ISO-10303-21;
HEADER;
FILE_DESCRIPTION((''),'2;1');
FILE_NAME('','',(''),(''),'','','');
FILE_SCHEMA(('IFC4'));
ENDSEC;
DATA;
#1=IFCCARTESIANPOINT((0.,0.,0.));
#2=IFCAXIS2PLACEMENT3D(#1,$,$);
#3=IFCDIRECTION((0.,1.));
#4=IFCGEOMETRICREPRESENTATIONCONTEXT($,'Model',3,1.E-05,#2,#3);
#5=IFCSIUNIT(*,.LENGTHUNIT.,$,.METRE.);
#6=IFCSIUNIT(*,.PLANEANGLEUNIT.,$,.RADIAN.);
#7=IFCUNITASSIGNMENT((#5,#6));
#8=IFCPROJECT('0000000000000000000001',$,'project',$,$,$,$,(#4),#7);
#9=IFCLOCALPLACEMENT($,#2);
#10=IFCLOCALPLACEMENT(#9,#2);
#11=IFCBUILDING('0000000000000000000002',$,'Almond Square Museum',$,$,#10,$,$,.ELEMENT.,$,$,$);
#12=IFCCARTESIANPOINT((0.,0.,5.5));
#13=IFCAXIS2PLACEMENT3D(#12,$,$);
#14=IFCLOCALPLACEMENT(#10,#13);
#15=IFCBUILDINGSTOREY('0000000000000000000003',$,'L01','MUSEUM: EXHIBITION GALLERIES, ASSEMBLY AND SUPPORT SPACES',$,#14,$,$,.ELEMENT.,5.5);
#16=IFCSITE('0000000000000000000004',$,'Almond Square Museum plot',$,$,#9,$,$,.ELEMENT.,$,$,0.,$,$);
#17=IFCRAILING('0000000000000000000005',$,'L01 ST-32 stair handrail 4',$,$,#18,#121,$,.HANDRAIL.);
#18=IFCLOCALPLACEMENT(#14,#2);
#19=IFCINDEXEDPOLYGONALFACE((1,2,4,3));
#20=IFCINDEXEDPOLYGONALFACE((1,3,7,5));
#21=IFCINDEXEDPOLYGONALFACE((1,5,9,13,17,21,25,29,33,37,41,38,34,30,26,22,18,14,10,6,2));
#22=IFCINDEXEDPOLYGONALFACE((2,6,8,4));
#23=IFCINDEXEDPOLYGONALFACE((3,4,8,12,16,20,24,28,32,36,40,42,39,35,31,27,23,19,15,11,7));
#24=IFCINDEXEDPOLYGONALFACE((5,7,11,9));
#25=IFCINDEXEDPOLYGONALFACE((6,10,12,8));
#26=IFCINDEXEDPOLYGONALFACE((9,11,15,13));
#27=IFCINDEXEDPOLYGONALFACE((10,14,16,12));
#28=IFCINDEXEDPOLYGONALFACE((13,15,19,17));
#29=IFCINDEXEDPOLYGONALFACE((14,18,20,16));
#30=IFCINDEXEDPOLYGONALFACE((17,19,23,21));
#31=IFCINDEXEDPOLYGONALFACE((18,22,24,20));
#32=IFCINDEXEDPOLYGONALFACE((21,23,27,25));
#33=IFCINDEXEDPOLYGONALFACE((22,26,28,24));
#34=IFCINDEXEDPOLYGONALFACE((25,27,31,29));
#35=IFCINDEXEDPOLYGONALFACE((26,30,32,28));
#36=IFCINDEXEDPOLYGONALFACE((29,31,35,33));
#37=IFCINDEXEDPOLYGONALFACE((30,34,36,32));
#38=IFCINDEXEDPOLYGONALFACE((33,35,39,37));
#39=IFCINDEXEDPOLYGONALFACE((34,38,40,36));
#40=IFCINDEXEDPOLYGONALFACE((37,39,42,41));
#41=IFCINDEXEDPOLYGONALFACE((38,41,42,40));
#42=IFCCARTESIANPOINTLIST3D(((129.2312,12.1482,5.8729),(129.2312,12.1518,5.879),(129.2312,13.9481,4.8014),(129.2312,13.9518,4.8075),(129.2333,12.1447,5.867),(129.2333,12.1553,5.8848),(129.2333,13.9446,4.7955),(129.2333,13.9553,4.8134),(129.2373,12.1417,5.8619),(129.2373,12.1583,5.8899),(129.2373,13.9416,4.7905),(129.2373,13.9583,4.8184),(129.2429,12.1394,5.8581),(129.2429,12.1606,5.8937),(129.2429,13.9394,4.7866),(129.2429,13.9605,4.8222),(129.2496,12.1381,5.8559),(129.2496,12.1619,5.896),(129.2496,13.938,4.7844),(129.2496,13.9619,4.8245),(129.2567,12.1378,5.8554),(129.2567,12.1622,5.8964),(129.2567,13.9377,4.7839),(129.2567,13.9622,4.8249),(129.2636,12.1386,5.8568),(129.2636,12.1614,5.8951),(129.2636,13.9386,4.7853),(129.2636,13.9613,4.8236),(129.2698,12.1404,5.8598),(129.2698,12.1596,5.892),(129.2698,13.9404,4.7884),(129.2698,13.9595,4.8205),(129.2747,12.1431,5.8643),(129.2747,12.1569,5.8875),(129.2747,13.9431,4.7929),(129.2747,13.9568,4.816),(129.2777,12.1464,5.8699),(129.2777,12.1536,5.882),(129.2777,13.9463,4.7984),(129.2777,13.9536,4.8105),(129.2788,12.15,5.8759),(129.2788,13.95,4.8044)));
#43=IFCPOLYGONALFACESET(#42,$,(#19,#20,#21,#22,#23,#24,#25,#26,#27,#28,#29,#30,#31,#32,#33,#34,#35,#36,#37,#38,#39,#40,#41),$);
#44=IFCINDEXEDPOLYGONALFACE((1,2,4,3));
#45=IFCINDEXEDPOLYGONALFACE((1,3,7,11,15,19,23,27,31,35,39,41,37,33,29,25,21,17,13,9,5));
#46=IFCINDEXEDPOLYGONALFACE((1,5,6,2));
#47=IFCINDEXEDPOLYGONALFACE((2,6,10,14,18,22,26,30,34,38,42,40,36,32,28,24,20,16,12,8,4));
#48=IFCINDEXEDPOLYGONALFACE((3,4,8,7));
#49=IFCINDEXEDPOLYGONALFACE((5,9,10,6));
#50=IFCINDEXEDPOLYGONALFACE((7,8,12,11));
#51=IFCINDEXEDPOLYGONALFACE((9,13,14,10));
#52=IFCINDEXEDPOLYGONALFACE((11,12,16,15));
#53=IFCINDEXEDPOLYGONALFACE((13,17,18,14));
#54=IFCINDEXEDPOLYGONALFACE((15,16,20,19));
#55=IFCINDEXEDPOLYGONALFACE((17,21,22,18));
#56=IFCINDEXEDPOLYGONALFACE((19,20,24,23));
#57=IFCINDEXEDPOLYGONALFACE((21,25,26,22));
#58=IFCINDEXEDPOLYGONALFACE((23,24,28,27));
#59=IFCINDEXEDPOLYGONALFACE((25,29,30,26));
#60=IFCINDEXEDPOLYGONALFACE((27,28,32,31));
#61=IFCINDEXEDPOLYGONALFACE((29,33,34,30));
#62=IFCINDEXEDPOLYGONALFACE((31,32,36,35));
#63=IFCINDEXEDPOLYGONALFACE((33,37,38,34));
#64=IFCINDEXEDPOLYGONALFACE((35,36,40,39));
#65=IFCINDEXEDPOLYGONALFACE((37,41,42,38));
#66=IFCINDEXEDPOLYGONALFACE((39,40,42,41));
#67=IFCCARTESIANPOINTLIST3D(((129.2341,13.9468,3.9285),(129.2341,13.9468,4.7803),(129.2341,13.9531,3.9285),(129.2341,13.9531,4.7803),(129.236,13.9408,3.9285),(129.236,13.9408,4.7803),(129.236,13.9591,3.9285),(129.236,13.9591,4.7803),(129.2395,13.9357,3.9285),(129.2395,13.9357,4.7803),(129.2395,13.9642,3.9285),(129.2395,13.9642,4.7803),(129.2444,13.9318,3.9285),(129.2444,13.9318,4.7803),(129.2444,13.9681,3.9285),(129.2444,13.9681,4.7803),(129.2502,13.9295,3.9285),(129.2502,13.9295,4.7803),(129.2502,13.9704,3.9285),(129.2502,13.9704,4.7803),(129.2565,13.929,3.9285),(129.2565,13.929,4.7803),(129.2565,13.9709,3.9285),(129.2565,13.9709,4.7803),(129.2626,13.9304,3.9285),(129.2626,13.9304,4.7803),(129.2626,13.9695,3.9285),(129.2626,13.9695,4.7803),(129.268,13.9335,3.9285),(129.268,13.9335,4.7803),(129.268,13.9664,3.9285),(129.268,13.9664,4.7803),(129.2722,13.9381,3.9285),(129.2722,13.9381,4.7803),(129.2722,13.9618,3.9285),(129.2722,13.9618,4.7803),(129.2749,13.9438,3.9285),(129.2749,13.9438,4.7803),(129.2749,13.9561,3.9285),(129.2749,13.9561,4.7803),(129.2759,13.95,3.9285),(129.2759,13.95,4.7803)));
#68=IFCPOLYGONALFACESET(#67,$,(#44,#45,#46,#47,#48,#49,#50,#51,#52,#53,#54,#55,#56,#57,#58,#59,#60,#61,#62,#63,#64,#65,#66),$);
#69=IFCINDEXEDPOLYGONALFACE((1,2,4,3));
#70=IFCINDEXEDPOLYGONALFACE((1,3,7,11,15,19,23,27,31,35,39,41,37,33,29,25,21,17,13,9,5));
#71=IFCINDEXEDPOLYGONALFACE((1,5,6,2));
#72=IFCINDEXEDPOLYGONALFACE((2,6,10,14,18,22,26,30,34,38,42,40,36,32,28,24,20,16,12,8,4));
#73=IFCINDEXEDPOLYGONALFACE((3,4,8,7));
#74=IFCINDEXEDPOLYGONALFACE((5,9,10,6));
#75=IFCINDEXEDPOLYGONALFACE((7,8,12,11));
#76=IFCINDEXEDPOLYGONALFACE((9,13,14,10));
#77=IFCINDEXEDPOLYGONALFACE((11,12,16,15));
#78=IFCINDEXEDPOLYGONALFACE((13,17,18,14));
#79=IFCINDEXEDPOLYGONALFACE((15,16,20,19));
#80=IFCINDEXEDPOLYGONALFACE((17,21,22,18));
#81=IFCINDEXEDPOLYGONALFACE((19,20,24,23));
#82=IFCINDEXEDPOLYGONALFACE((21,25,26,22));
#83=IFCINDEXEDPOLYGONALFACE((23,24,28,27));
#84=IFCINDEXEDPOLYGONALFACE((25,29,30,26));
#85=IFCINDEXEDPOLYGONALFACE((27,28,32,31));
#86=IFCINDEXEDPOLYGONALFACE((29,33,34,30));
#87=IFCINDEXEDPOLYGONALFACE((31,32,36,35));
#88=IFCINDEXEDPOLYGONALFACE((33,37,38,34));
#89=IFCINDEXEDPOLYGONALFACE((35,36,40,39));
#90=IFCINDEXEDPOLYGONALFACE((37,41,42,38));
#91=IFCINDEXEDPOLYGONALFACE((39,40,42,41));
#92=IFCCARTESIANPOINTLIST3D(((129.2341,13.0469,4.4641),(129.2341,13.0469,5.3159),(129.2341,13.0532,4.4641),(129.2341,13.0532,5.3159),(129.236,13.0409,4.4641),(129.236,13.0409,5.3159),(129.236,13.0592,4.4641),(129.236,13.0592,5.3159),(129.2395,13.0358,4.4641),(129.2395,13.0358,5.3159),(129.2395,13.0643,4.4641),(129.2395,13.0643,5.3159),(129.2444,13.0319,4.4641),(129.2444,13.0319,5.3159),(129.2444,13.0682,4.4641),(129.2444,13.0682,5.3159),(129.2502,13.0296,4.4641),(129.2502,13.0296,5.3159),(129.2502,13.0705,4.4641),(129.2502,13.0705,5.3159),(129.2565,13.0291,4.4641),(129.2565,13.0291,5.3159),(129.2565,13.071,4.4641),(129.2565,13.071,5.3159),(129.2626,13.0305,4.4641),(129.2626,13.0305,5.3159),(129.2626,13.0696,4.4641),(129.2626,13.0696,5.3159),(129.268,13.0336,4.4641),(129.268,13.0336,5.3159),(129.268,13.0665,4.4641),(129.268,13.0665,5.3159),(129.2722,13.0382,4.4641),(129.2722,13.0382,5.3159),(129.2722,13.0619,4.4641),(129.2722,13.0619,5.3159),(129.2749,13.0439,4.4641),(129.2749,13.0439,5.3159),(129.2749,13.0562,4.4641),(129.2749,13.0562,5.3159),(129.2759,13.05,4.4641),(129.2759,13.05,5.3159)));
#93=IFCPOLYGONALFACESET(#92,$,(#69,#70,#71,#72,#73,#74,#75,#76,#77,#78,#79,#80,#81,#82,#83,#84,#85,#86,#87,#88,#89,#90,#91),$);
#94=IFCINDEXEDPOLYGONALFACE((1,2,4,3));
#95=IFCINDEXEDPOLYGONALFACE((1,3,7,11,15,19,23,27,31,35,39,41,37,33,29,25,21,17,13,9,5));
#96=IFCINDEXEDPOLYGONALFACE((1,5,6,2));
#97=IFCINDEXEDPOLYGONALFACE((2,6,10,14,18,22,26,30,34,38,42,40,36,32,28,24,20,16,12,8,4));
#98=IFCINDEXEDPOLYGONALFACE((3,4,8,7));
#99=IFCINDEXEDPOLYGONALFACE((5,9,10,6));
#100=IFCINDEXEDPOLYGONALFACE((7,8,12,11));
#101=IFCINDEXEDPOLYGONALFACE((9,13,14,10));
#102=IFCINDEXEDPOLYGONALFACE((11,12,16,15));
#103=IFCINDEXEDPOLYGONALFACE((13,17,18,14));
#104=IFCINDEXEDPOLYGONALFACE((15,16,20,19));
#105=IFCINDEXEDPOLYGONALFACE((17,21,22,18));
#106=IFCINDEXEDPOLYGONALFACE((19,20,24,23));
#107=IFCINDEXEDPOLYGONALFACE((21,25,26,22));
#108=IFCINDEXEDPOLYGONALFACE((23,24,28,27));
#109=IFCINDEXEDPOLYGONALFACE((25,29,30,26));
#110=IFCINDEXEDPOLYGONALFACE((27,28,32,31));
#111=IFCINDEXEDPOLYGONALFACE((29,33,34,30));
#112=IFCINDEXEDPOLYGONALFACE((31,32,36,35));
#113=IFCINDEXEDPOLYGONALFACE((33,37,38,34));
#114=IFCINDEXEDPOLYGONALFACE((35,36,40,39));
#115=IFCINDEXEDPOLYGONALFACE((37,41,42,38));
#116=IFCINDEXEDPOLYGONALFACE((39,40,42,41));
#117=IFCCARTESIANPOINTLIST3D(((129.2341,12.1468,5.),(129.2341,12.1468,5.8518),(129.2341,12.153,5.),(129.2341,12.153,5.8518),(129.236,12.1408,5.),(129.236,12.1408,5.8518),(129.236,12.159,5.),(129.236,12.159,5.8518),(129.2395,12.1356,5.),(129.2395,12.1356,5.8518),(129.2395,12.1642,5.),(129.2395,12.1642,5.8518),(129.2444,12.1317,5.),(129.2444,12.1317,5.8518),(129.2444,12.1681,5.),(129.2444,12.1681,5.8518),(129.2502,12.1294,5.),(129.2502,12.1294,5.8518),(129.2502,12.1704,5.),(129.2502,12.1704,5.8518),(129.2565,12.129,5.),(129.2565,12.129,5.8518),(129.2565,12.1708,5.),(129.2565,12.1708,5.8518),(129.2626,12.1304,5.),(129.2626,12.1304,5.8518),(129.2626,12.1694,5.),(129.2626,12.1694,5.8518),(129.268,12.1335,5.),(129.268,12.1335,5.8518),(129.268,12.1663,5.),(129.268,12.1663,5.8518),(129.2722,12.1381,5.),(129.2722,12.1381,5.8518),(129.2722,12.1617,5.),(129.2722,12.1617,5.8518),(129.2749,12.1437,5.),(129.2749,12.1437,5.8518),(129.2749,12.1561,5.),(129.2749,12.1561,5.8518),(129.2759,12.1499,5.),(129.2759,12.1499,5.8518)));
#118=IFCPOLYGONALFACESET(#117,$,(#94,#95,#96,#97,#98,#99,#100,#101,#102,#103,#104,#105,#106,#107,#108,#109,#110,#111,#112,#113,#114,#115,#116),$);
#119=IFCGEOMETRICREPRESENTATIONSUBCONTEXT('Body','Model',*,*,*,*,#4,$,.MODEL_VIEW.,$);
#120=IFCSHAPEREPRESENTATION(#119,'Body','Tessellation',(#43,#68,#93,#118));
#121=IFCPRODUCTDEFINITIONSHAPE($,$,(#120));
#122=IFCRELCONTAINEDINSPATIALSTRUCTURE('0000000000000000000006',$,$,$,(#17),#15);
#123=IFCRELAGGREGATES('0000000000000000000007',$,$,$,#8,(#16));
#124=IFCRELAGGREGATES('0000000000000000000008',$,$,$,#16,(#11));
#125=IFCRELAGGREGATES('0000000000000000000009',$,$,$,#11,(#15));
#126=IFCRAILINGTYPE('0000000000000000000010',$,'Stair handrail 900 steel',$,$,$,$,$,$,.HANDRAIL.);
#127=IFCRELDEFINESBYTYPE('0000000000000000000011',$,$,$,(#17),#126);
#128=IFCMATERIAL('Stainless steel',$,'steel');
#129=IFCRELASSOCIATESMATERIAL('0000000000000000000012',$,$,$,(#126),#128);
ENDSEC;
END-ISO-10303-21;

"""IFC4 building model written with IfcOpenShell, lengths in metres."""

from ifc_helpers import new_model, si_unit, direction, frame, origin, origin_2d, place, context, subcontext, project, spatial, circle, extrude, material, type_object, element, save


model = new_model("IFC4")

# Units and contexts
model_context = context("Model", 3, precision=1e-05, world=origin(), true_north=direction((0.0, 1.0)))
body_context = subcontext(model_context, "Body", "Model", "MODEL_VIEW")
ifc_project = project(units=[si_unit("LENGTHUNIT", "METRE"), si_unit("PLANEANGLEUNIT", "RADIAN")], contexts=[model_context])

# Site, building, storey
site_placement = place(None, origin())
site = spatial("IfcSite", under=ifc_project, at=site_placement, Name="Almond Square Museum plot", CompositionType="ELEMENT", RefElevation=0.0)
building_placement = place(site_placement, origin())
building = spatial("IfcBuilding", under=site, at=building_placement, Name="Almond Square Museum", CompositionType="ELEMENT")
storey_placement = place(building_placement, frame((0.0, 0.0, 5.5)))
storey = spatial("IfcBuildingStorey", under=building, at=storey_placement, Name="L01", Description="MUSEUM: EXHIBITION GALLERIES, ASSEMBLY AND SUPPORT SPACES", CompositionType="ELEMENT", Elevation=5.5)

# Railing
ifc_material_1 = material(Name="Stainless steel", Category="steel")
railing_type_1 = type_object("IfcRailingType", Name="Stair handrail 900 steel", PredefinedType="HANDRAIL", material=ifc_material_1)
for number, where, name in (
    (1, (129.2549, 13.95, 3.9285), "L01 ST-32 stair handrail 4"),
):
    element("IfcRailing", number, at=place(storey_placement, frame(where)), inside=storey, type_object=railing_type_1, Name=name, PredefinedType="HANDRAIL", context=body_context, shape_type="SweptSolid", body=[
        extrude(circle(Radius=0.0239, at=origin_2d()), frame((0.0, 0.0, 0.876), z_axis=(0.0, -0.859277, 0.51151), x_axis=(1.0, 0.0, 0.0)), (0.0, 0.0, 1.0), 2.0947),
        extrude(circle(Radius=0.021, at=origin_2d()), origin(), (0.0, 0.0, 1.0), 0.8518),
        extrude(circle(Radius=0.021, at=origin_2d()), frame((0.0, -0.8999, 0.5356)), (0.0, 0.0, 1.0), 0.8518),
        extrude(circle(Radius=0.021, at=origin_2d()), frame((0.0, -1.8, 1.0715)), (0.0, 0.0, 1.0), 0.8518),
    ])

save(model, "model.ifc")
